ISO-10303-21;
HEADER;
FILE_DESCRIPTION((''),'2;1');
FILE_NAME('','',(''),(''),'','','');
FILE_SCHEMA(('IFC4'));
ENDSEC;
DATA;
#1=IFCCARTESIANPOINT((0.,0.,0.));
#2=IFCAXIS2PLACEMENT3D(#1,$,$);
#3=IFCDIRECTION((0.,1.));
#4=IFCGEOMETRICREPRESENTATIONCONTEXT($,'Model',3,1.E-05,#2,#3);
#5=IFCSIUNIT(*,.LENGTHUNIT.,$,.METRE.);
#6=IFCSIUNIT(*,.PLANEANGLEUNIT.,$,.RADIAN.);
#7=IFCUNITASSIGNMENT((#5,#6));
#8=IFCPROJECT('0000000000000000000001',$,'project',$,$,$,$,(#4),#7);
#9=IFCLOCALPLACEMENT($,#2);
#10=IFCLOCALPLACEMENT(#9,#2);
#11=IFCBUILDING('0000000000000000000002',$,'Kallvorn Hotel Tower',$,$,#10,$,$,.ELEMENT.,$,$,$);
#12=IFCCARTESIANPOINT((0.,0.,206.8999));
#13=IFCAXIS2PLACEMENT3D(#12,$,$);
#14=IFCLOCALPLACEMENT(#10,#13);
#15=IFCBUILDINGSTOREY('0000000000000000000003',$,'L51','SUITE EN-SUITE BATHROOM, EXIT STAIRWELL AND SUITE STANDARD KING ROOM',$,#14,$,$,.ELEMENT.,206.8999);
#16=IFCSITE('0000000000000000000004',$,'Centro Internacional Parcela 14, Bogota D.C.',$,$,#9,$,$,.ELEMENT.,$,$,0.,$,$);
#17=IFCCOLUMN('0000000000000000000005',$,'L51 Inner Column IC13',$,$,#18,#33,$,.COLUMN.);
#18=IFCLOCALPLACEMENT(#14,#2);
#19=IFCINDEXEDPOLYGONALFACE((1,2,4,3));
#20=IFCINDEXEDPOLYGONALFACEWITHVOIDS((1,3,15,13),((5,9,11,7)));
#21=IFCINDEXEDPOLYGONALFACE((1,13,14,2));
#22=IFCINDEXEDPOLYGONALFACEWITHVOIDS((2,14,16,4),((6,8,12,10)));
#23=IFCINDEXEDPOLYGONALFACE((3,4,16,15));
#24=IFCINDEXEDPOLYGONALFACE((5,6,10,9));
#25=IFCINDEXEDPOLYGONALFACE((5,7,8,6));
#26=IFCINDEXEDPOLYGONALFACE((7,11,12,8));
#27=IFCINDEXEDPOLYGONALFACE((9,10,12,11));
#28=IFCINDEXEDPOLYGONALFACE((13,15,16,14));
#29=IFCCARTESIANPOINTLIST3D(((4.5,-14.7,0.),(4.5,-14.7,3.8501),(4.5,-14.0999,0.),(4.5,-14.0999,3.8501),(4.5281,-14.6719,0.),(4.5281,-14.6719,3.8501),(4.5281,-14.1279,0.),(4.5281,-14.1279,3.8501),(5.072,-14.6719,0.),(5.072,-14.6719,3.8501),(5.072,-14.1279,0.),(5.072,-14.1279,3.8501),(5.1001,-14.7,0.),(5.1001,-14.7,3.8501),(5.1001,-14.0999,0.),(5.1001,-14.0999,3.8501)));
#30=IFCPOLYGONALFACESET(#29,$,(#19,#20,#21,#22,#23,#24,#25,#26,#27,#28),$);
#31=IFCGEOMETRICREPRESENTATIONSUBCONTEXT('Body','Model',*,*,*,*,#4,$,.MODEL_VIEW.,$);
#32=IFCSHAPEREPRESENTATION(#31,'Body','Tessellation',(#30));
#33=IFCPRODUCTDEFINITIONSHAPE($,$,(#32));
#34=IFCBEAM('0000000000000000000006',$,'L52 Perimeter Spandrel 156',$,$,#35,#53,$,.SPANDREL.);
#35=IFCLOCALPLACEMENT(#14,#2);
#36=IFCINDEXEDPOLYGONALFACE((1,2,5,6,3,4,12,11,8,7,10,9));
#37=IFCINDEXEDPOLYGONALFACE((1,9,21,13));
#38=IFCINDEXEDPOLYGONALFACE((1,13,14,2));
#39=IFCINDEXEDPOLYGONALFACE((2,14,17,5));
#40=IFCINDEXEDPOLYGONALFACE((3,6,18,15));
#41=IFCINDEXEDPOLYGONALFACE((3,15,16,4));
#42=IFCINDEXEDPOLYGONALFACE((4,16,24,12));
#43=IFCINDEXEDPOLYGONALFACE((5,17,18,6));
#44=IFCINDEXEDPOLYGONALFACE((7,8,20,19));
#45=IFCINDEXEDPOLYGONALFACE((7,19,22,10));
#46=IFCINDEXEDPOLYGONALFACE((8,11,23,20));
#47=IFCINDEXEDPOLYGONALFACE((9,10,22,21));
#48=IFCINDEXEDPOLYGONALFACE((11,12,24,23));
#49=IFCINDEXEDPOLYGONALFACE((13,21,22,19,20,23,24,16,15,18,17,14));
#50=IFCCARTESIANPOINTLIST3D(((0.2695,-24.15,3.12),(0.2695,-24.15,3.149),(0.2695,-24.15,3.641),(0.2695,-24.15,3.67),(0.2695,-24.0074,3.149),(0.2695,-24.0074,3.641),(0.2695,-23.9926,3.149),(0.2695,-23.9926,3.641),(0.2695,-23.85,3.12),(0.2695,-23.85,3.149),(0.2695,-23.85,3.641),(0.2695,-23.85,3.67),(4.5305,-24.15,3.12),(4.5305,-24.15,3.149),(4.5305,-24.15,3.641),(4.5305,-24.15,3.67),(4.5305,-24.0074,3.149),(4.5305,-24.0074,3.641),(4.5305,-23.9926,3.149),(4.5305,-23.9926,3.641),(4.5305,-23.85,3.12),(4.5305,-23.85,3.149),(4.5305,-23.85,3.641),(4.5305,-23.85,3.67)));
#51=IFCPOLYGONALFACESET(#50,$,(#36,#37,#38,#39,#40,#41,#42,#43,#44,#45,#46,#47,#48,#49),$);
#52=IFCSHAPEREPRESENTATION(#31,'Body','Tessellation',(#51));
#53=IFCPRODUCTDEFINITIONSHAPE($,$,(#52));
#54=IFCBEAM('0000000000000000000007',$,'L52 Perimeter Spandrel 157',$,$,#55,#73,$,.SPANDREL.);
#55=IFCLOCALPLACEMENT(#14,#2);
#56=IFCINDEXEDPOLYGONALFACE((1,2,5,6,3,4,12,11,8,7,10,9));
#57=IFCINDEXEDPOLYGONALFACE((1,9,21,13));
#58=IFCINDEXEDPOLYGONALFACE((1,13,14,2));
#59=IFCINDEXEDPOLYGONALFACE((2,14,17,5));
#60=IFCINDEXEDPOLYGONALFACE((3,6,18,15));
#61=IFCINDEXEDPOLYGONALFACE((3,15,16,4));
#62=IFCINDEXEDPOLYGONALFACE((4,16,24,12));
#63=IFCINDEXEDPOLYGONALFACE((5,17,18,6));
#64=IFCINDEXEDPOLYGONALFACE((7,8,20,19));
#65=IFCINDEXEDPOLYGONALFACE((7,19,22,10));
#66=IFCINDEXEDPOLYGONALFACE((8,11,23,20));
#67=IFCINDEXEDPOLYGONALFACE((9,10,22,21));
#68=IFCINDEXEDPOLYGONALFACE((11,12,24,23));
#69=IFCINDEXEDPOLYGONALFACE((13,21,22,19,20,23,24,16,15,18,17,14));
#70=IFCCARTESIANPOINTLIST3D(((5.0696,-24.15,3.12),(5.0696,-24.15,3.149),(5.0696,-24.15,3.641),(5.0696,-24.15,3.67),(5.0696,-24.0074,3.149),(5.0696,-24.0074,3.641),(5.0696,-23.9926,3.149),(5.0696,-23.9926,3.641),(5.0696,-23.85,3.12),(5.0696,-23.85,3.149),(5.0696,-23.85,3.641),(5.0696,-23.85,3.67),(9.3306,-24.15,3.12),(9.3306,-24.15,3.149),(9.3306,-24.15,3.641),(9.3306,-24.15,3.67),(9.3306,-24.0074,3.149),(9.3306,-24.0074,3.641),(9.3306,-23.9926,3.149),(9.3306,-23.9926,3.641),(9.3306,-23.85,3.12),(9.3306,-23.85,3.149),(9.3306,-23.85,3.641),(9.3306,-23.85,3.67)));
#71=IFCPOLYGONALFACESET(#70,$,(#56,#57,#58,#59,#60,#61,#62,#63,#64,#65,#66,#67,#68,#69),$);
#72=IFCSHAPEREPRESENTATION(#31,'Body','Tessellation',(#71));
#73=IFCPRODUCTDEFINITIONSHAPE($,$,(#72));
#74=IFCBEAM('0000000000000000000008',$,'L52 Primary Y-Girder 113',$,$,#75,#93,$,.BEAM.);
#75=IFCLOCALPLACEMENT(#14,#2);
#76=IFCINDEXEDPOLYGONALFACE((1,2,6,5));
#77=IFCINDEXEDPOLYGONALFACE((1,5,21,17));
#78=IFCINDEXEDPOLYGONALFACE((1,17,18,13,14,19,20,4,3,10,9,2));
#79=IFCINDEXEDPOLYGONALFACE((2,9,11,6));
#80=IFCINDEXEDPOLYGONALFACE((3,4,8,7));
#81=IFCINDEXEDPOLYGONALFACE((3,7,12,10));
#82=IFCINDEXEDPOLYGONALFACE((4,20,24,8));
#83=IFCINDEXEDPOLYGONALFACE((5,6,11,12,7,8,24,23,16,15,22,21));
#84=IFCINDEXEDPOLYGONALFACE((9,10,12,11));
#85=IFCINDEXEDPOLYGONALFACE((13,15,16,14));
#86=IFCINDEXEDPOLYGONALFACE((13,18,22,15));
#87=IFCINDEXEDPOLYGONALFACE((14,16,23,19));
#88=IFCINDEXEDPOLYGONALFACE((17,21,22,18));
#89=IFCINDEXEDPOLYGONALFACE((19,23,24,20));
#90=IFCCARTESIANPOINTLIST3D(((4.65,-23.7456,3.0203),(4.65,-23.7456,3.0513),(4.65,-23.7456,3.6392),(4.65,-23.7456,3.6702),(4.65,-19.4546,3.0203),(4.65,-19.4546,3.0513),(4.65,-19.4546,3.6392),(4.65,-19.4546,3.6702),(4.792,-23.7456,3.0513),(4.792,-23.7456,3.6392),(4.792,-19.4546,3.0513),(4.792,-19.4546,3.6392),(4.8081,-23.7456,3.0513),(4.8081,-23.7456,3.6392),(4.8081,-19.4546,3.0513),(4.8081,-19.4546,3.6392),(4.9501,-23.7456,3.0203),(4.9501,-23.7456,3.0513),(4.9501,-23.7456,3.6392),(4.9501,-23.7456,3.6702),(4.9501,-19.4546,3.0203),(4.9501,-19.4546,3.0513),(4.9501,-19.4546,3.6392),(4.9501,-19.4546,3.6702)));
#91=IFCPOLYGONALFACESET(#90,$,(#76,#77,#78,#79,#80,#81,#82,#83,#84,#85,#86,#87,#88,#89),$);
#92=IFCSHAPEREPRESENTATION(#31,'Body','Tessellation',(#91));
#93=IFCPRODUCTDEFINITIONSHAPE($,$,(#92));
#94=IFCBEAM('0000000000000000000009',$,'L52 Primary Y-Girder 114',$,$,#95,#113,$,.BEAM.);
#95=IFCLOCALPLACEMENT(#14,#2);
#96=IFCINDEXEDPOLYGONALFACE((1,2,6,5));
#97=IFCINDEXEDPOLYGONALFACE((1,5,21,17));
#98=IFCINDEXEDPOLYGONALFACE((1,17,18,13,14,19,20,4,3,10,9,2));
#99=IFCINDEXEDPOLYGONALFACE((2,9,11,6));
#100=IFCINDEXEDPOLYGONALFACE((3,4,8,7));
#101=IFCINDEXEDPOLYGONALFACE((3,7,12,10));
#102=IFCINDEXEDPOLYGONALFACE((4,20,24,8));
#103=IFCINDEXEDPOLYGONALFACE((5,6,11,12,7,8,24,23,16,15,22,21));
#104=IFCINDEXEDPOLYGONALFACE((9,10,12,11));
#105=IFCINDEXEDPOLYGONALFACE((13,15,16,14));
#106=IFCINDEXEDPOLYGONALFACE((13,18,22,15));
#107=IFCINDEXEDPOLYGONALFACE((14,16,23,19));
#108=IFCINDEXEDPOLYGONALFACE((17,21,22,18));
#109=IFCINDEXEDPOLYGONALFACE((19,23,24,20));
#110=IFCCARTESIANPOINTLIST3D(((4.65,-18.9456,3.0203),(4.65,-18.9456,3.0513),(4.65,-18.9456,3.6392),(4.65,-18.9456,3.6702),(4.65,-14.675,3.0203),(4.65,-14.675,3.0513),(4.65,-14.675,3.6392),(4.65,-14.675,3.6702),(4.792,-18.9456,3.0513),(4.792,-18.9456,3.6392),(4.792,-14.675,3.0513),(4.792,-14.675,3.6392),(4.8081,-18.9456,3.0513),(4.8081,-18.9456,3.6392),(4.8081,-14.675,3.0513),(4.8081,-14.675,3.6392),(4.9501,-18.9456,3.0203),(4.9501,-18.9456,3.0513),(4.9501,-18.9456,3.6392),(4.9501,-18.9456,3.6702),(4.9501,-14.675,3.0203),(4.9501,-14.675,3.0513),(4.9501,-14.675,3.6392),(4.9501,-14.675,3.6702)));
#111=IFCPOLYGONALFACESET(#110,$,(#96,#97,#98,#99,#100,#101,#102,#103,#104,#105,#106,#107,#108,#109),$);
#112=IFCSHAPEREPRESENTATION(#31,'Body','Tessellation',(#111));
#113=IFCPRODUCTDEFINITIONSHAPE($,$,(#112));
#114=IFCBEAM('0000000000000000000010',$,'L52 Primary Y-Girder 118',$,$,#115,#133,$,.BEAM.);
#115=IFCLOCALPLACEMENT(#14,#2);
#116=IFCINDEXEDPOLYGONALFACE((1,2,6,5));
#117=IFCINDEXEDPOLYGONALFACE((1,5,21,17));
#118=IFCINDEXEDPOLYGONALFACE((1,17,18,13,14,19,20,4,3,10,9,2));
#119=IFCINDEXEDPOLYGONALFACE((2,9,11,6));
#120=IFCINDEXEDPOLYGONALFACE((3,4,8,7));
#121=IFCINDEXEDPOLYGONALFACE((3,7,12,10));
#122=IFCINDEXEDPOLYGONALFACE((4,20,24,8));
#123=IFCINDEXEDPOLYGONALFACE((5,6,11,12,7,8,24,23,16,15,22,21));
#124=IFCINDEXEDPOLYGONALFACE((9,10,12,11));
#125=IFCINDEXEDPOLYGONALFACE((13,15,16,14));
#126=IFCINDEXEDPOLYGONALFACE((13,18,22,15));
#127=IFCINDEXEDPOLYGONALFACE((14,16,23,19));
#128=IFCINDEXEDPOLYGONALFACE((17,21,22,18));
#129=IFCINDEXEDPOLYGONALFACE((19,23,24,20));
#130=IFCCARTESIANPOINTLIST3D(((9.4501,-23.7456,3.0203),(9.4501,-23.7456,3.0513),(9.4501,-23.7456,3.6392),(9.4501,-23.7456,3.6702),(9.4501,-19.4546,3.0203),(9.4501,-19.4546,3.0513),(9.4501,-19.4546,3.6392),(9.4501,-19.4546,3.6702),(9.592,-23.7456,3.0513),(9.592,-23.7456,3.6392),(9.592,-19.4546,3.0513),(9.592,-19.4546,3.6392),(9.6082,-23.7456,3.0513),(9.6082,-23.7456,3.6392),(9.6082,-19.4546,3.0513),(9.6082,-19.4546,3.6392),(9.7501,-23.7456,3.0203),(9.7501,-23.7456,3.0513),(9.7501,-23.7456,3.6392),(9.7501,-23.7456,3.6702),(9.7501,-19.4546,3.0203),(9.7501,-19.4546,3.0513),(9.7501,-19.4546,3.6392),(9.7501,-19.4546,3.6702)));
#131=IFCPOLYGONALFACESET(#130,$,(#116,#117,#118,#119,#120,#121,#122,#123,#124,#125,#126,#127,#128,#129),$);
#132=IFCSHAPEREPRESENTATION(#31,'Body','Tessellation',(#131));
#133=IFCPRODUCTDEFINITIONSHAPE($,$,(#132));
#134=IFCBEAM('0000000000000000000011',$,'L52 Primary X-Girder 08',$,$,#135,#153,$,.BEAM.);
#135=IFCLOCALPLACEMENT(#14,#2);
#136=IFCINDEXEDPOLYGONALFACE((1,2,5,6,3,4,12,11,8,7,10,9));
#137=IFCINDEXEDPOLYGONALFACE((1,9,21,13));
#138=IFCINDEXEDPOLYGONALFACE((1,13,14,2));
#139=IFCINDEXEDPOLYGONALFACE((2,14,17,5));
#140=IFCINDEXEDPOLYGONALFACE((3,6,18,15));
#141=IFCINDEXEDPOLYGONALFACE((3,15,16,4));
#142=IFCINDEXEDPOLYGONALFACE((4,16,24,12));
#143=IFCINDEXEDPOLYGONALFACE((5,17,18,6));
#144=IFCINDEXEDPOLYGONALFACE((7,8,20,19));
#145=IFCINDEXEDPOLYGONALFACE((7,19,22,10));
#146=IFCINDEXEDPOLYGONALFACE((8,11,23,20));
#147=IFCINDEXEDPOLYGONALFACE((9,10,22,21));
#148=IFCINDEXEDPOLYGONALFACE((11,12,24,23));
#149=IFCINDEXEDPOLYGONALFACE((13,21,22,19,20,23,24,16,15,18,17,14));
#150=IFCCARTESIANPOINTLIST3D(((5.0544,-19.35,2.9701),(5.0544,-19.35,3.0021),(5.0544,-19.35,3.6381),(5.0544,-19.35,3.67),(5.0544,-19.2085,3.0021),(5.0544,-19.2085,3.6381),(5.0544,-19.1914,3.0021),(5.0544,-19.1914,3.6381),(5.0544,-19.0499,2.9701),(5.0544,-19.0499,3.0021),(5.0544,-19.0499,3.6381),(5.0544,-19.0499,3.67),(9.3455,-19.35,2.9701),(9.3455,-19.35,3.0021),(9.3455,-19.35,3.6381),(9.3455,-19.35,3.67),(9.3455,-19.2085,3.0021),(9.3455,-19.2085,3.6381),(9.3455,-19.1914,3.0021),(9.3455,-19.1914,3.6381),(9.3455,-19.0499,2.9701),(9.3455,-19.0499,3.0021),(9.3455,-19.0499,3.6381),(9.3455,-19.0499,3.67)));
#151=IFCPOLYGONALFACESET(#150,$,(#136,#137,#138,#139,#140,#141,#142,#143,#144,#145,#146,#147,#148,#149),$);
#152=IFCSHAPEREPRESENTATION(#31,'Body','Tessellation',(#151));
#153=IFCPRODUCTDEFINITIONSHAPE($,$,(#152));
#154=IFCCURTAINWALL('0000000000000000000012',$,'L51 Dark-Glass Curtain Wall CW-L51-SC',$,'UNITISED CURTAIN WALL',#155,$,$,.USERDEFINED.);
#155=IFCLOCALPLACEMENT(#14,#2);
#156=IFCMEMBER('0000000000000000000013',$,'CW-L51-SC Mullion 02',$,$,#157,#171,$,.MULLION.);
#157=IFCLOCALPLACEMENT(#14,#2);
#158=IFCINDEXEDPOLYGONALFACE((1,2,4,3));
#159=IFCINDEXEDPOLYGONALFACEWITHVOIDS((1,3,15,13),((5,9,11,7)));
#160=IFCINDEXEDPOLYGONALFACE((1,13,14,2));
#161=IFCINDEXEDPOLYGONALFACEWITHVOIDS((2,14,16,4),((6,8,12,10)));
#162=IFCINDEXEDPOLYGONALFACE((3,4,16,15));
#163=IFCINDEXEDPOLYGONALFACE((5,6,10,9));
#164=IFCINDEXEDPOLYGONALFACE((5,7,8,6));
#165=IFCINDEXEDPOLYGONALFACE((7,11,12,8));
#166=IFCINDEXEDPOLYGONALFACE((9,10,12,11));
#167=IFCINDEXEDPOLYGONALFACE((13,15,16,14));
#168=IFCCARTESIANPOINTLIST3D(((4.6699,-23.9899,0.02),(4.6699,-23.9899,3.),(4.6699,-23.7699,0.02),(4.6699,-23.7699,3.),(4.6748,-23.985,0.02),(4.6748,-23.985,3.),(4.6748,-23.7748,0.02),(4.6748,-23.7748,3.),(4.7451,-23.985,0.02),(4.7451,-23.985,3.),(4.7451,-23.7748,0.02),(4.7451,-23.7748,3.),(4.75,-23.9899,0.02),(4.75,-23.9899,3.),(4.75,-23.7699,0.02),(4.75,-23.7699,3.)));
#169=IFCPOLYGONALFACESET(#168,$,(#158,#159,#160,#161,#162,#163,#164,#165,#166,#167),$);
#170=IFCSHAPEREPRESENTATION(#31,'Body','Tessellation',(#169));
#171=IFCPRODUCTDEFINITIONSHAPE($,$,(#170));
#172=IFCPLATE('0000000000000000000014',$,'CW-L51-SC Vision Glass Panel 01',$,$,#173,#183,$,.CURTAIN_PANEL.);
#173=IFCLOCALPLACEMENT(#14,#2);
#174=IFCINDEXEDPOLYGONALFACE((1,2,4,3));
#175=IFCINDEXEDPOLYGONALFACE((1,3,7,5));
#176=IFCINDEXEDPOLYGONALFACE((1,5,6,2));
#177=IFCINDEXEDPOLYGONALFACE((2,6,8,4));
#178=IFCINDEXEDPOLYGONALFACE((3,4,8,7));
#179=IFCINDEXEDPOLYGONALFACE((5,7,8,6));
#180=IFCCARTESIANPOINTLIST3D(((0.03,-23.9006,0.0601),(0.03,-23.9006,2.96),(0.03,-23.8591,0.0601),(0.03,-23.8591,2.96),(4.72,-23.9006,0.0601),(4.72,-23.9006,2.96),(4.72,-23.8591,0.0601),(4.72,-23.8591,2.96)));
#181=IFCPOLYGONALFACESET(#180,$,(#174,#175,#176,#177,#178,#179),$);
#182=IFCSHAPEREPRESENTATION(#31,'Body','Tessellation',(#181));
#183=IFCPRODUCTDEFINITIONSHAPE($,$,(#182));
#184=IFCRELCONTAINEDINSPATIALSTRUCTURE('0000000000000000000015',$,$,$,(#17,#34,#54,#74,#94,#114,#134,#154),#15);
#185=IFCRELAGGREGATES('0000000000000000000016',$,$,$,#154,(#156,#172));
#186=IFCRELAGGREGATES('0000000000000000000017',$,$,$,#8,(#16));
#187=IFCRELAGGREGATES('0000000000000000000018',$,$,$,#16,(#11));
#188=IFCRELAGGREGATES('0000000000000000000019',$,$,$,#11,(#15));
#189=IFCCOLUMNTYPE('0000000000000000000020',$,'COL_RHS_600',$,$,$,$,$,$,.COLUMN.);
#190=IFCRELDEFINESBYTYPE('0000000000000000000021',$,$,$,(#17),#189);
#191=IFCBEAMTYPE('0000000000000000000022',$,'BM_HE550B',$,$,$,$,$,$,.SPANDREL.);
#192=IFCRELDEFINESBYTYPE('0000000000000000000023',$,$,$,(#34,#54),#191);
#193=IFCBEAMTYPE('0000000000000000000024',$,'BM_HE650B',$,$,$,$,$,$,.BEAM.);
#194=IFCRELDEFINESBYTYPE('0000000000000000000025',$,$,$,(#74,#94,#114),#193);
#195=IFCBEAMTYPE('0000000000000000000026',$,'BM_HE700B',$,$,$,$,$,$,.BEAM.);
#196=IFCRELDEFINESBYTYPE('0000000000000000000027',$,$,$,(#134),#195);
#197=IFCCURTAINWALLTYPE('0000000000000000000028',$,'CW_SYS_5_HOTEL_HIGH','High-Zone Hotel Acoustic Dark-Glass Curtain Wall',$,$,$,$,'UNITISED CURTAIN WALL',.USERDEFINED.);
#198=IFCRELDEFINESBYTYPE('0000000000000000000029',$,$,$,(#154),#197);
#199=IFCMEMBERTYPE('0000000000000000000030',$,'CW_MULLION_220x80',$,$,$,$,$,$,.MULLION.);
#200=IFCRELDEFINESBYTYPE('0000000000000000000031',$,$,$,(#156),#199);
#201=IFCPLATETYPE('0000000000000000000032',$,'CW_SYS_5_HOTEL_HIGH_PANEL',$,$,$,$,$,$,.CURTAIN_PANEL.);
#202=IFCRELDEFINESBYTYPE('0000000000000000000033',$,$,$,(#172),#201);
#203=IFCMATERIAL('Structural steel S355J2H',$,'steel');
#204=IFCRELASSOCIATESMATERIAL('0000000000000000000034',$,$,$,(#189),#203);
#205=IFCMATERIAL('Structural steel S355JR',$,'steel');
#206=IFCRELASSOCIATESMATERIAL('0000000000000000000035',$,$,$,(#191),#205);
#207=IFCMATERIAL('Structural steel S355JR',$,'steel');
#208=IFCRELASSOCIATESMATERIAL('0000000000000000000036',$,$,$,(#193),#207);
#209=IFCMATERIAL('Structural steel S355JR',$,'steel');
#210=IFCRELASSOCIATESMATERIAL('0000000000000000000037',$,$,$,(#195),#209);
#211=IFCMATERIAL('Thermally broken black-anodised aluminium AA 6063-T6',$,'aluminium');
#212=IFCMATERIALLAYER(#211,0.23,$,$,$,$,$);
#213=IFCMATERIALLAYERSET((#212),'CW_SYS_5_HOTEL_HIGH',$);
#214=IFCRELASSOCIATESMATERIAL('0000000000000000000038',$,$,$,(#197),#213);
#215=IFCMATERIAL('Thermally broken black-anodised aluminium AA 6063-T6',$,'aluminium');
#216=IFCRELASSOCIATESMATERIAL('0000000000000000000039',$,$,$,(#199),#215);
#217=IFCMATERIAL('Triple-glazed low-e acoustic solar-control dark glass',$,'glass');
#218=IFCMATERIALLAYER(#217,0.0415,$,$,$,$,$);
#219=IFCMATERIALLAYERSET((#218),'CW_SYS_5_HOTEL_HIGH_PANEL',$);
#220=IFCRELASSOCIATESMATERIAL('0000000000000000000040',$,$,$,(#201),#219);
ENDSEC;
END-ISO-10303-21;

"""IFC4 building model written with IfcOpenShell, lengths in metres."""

from ifc_helpers import new_model, si_unit, direction, frame, origin, origin_2d, place, context, subcontext, project, spatial, rectangle, hollow_rectangle, i_section, extrude, material, layer, layer_set, material_profile, profile_set, type_object, element, aggregate, save


model = new_model("IFC4")

# Units and contexts
model_context = context("Model", 3, precision=1e-05, world=origin(), true_north=direction((0.0, 1.0)))
body_context = subcontext(model_context, "Body", "Model", "MODEL_VIEW")
ifc_project = project(units=[si_unit("LENGTHUNIT", "METRE"), si_unit("PLANEANGLEUNIT", "RADIAN")], contexts=[model_context])

# Site, building, storey
site_placement = place(None, origin())
site = spatial("IfcSite", under=ifc_project, at=site_placement, Name="Centro Internacional Parcela 14, Bogota D.C.", CompositionType="ELEMENT", RefElevation=0.0)
building_placement = place(site_placement, origin())
building = spatial("IfcBuilding", under=site, at=building_placement, Name="Kallvorn Hotel Tower", CompositionType="ELEMENT")
storey_placement = place(building_placement, frame((0.0, 0.0, 206.8999)))
storey = spatial("IfcBuildingStorey", under=building, at=storey_placement, Name="L51", Description="SUITE EN-SUITE BATHROOM, EXIT STAIRWELL AND SUITE STANDARD KING ROOM", CompositionType="ELEMENT", Elevation=206.8999)

# Column
ifc_material_1 = material(Name="Structural steel S355J2H", Category="steel")
ifc_material_profile_1 = material_profile(ifc_material_1, hollow_rectangle(XDim=0.6001, YDim=0.6001, WallThickness=0.0281, at=origin_2d()), Name="RHS 600x600x28")
ifc_profile_set_1 = profile_set([ifc_material_profile_1], Name="Structural steel S355J2H")
column_type_1 = type_object("IfcColumnType", Name="COL_RHS_600", PredefinedType="COLUMN", material=ifc_profile_set_1)
column_placement = place(storey_placement, frame((4.8, -14.3999, 0.0), z_axis=(0.0, 0.0, 1.0), x_axis=(1.0, 0.0, 0.0)))
element("IfcColumn", 1, at=column_placement, inside=storey, type_object=column_type_1, Name="L51 Inner Column IC13", PredefinedType="COLUMN", context=body_context, shape_type="SweptSolid", body=[
    extrude(hollow_rectangle(XDim=0.6001, YDim=0.6001, WallThickness=0.0281, at=origin_2d()), origin(), (0.0, 0.0, 1.0), 3.8501),
])

# Beams
ifc_material_2 = material(Name="Structural steel S355JR", Category="steel")
ifc_material_profile_2 = material_profile(ifc_material_2, i_section(OverallWidth=0.3, OverallDepth=0.55, WebThickness=0.0149, FlangeThickness=0.0291, at=origin_2d()), Name="HE 550 B")
ifc_profile_set_2 = profile_set([ifc_material_profile_2], Name="Structural steel S355JR")
beam_type_1 = type_object("IfcBeamType", Name="BM_HE550B", PredefinedType="SPANDREL", material=ifc_profile_set_2)
for number, where, z_axis, x_axis, name in (
    (2, (0.2695, -24.0, 3.395), (1.0, 0.0, 0.0), (0.0, 1.0, 0.0), "L52 Perimeter Spandrel 156"),
    (3, (5.0696, -24.0, 3.395), (1.0, 0.0, 0.0), (0.0, 1.0, 0.0), "L52 Perimeter Spandrel 157"),
):
    element("IfcBeam", number, at=place(storey_placement, frame(where, z_axis=z_axis, x_axis=x_axis)), inside=storey, type_object=beam_type_1, Name=name, PredefinedType="SPANDREL", context=body_context, shape_type="SweptSolid", body=[
        extrude(i_section(OverallWidth=0.3, OverallDepth=0.55, WebThickness=0.0149, FlangeThickness=0.0291, at=origin_2d()), origin(), (0.0, 0.0, 1.0), 4.261),
    ])
ifc_material_3 = material(Name="Structural steel S355JR", Category="steel")
ifc_material_profile_3 = material_profile(ifc_material_3, i_section(OverallWidth=0.3, OverallDepth=0.6499, WebThickness=0.0161, FlangeThickness=0.031, at=origin_2d()), Name="HE 650 B")
ifc_profile_set_3 = profile_set([ifc_material_profile_3], Name="Structural steel S355JR")
beam_type_2 = type_object("IfcBeamType", Name="BM_HE650B", PredefinedType="BEAM", material=ifc_profile_set_3)
beam_1_placement = place(storey_placement, frame((4.8, -23.7456, 3.3452), z_axis=(0.0, 1.0, 0.0), x_axis=(-1.0, 0.0, 0.0)))
element("IfcBeam", 4, at=beam_1_placement, inside=storey, type_object=beam_type_2, Name="L52 Primary Y-Girder 113", PredefinedType="BEAM", context=body_context, shape_type="SweptSolid", body=[
    extrude(i_section(OverallWidth=0.3, OverallDepth=0.6499, WebThickness=0.0161, FlangeThickness=0.031, at=origin_2d()), origin(), (0.0, 0.0, 1.0), 4.291),
])
beam_2_placement = place(storey_placement, frame((4.8, -18.9456, 3.3452), z_axis=(0.0, 1.0, 0.0), x_axis=(-1.0, 0.0, 0.0)))
element("IfcBeam", 5, at=beam_2_placement, inside=storey, type_object=beam_type_2, Name="L52 Primary Y-Girder 114", PredefinedType="BEAM", context=body_context, shape_type="SweptSolid", body=[
    extrude(i_section(OverallWidth=0.3, OverallDepth=0.6499, WebThickness=0.0161, FlangeThickness=0.031, at=origin_2d()), origin(), (0.0, 0.0, 1.0), 4.2705),
])
beam_3_placement = place(storey_placement, frame((9.6001, -23.7456, 3.3452), z_axis=(0.0, 1.0, 0.0), x_axis=(-1.0, 0.0, 0.0)))
element("IfcBeam", 6, at=beam_3_placement, inside=storey, type_object=beam_type_2, Name="L52 Primary Y-Girder 118", PredefinedType="BEAM", context=body_context, shape_type="SweptSolid", body=[
    extrude(i_section(OverallWidth=0.3, OverallDepth=0.6499, WebThickness=0.0161, FlangeThickness=0.031, at=origin_2d()), origin(), (0.0, 0.0, 1.0), 4.291),
])
ifc_material_4 = material(Name="Structural steel S355JR", Category="steel")
ifc_material_profile_4 = material_profile(ifc_material_4, i_section(OverallWidth=0.3, OverallDepth=0.7, WebThickness=0.0171, FlangeThickness=0.032, at=origin_2d()), Name="HE 700 B")
ifc_profile_set_4 = profile_set([ifc_material_profile_4], Name="Structural steel S355JR")
beam_type_3 = type_object("IfcBeamType", Name="BM_HE700B", PredefinedType="BEAM", material=ifc_profile_set_4)
beam_4_placement = place(storey_placement, frame((5.0544, -19.2, 3.3201), z_axis=(1.0, 0.0, 0.0), x_axis=(0.0, 1.0, 0.0)))
element("IfcBeam", 7, at=beam_4_placement, inside=storey, type_object=beam_type_3, Name="L52 Primary X-Girder 08", PredefinedType="BEAM", context=body_context, shape_type="SweptSolid", body=[
    extrude(i_section(OverallWidth=0.3, OverallDepth=0.7, WebThickness=0.0171, FlangeThickness=0.032, at=origin_2d()), origin(), (0.0, 0.0, 1.0), 4.291),
])

# Curtain wall, member, plate
ifc_material_5 = material(Name="Thermally broken black-anodised aluminium AA 6063-T6", Category="aluminium")
ifc_layer_1 = layer(ifc_material_5, 0.23)
ifc_layer_set_1 = layer_set([ifc_layer_1], Name="CW_SYS_5_HOTEL_HIGH")
curtain_wall_type = type_object("IfcCurtainWallType", Name="CW_SYS_5_HOTEL_HIGH", Description="High-Zone Hotel Acoustic Dark-Glass Curtain Wall", ElementType="UNITISED CURTAIN WALL", PredefinedType="USERDEFINED", material=ifc_layer_set_1)
curtain_wall_placement = place(storey_placement, origin())
curtain_wall = element("IfcCurtainWall", 8, at=curtain_wall_placement, inside=storey, type_object=curtain_wall_type, Name="L51 Dark-Glass Curtain Wall CW-L51-SC", ObjectType="UNITISED CURTAIN WALL", PredefinedType="USERDEFINED")
ifc_material_6 = material(Name="Thermally broken black-anodised aluminium AA 6063-T6", Category="aluminium")
ifc_material_profile_5 = material_profile(ifc_material_6, hollow_rectangle(XDim=0.0801, YDim=0.22, WallThickness=0.0049, at=origin_2d()), Name="MUL 220x80")
ifc_profile_set_5 = profile_set([ifc_material_profile_5], Name="Thermally broken black-anodised aluminium AA 6063-T6")
member_type = type_object("IfcMemberType", Name="CW_MULLION_220x80", PredefinedType="MULLION", material=ifc_profile_set_5)
member_placement = place(storey_placement, frame((4.71, -23.8799, 0.02), z_axis=(0.0, 0.0, 1.0), x_axis=(1.0, 0.0, 0.0)))
member = element("IfcMember", 9, at=member_placement, type_object=member_type, Name="CW-L51-SC Mullion 02", PredefinedType="MULLION", context=body_context, shape_type="SweptSolid", body=[
    extrude(hollow_rectangle(XDim=0.0801, YDim=0.22, WallThickness=0.0049, at=origin_2d()), origin(), (0.0, 0.0, 1.0), 2.98),
])
ifc_material_7 = material(Name="Triple-glazed low-e acoustic solar-control dark glass", Category="glass")
ifc_layer_2 = layer(ifc_material_7, 0.0415)
ifc_layer_set_2 = layer_set([ifc_layer_2], Name="CW_SYS_5_HOTEL_HIGH_PANEL")
plate_type = type_object("IfcPlateType", Name="CW_SYS_5_HOTEL_HIGH_PANEL", PredefinedType="CURTAIN_PANEL", material=ifc_layer_set_2)
plate_placement = place(storey_placement, frame((2.375, -23.8799, 0.0601), z_axis=(0.0, 0.0, 1.0), x_axis=(1.0, 0.0, 0.0)))
plate = element("IfcPlate", 10, at=plate_placement, type_object=plate_type, Name="CW-L51-SC Vision Glass Panel 01", PredefinedType="CURTAIN_PANEL", context=body_context, shape_type="SweptSolid", body=[
    extrude(rectangle(XDim=4.6899, YDim=0.0415, at=origin_2d()), origin(), (0.0, 0.0, 1.0), 2.8999),
])
aggregate(curtain_wall, [member, plate])

save(model, "model.ifc")
